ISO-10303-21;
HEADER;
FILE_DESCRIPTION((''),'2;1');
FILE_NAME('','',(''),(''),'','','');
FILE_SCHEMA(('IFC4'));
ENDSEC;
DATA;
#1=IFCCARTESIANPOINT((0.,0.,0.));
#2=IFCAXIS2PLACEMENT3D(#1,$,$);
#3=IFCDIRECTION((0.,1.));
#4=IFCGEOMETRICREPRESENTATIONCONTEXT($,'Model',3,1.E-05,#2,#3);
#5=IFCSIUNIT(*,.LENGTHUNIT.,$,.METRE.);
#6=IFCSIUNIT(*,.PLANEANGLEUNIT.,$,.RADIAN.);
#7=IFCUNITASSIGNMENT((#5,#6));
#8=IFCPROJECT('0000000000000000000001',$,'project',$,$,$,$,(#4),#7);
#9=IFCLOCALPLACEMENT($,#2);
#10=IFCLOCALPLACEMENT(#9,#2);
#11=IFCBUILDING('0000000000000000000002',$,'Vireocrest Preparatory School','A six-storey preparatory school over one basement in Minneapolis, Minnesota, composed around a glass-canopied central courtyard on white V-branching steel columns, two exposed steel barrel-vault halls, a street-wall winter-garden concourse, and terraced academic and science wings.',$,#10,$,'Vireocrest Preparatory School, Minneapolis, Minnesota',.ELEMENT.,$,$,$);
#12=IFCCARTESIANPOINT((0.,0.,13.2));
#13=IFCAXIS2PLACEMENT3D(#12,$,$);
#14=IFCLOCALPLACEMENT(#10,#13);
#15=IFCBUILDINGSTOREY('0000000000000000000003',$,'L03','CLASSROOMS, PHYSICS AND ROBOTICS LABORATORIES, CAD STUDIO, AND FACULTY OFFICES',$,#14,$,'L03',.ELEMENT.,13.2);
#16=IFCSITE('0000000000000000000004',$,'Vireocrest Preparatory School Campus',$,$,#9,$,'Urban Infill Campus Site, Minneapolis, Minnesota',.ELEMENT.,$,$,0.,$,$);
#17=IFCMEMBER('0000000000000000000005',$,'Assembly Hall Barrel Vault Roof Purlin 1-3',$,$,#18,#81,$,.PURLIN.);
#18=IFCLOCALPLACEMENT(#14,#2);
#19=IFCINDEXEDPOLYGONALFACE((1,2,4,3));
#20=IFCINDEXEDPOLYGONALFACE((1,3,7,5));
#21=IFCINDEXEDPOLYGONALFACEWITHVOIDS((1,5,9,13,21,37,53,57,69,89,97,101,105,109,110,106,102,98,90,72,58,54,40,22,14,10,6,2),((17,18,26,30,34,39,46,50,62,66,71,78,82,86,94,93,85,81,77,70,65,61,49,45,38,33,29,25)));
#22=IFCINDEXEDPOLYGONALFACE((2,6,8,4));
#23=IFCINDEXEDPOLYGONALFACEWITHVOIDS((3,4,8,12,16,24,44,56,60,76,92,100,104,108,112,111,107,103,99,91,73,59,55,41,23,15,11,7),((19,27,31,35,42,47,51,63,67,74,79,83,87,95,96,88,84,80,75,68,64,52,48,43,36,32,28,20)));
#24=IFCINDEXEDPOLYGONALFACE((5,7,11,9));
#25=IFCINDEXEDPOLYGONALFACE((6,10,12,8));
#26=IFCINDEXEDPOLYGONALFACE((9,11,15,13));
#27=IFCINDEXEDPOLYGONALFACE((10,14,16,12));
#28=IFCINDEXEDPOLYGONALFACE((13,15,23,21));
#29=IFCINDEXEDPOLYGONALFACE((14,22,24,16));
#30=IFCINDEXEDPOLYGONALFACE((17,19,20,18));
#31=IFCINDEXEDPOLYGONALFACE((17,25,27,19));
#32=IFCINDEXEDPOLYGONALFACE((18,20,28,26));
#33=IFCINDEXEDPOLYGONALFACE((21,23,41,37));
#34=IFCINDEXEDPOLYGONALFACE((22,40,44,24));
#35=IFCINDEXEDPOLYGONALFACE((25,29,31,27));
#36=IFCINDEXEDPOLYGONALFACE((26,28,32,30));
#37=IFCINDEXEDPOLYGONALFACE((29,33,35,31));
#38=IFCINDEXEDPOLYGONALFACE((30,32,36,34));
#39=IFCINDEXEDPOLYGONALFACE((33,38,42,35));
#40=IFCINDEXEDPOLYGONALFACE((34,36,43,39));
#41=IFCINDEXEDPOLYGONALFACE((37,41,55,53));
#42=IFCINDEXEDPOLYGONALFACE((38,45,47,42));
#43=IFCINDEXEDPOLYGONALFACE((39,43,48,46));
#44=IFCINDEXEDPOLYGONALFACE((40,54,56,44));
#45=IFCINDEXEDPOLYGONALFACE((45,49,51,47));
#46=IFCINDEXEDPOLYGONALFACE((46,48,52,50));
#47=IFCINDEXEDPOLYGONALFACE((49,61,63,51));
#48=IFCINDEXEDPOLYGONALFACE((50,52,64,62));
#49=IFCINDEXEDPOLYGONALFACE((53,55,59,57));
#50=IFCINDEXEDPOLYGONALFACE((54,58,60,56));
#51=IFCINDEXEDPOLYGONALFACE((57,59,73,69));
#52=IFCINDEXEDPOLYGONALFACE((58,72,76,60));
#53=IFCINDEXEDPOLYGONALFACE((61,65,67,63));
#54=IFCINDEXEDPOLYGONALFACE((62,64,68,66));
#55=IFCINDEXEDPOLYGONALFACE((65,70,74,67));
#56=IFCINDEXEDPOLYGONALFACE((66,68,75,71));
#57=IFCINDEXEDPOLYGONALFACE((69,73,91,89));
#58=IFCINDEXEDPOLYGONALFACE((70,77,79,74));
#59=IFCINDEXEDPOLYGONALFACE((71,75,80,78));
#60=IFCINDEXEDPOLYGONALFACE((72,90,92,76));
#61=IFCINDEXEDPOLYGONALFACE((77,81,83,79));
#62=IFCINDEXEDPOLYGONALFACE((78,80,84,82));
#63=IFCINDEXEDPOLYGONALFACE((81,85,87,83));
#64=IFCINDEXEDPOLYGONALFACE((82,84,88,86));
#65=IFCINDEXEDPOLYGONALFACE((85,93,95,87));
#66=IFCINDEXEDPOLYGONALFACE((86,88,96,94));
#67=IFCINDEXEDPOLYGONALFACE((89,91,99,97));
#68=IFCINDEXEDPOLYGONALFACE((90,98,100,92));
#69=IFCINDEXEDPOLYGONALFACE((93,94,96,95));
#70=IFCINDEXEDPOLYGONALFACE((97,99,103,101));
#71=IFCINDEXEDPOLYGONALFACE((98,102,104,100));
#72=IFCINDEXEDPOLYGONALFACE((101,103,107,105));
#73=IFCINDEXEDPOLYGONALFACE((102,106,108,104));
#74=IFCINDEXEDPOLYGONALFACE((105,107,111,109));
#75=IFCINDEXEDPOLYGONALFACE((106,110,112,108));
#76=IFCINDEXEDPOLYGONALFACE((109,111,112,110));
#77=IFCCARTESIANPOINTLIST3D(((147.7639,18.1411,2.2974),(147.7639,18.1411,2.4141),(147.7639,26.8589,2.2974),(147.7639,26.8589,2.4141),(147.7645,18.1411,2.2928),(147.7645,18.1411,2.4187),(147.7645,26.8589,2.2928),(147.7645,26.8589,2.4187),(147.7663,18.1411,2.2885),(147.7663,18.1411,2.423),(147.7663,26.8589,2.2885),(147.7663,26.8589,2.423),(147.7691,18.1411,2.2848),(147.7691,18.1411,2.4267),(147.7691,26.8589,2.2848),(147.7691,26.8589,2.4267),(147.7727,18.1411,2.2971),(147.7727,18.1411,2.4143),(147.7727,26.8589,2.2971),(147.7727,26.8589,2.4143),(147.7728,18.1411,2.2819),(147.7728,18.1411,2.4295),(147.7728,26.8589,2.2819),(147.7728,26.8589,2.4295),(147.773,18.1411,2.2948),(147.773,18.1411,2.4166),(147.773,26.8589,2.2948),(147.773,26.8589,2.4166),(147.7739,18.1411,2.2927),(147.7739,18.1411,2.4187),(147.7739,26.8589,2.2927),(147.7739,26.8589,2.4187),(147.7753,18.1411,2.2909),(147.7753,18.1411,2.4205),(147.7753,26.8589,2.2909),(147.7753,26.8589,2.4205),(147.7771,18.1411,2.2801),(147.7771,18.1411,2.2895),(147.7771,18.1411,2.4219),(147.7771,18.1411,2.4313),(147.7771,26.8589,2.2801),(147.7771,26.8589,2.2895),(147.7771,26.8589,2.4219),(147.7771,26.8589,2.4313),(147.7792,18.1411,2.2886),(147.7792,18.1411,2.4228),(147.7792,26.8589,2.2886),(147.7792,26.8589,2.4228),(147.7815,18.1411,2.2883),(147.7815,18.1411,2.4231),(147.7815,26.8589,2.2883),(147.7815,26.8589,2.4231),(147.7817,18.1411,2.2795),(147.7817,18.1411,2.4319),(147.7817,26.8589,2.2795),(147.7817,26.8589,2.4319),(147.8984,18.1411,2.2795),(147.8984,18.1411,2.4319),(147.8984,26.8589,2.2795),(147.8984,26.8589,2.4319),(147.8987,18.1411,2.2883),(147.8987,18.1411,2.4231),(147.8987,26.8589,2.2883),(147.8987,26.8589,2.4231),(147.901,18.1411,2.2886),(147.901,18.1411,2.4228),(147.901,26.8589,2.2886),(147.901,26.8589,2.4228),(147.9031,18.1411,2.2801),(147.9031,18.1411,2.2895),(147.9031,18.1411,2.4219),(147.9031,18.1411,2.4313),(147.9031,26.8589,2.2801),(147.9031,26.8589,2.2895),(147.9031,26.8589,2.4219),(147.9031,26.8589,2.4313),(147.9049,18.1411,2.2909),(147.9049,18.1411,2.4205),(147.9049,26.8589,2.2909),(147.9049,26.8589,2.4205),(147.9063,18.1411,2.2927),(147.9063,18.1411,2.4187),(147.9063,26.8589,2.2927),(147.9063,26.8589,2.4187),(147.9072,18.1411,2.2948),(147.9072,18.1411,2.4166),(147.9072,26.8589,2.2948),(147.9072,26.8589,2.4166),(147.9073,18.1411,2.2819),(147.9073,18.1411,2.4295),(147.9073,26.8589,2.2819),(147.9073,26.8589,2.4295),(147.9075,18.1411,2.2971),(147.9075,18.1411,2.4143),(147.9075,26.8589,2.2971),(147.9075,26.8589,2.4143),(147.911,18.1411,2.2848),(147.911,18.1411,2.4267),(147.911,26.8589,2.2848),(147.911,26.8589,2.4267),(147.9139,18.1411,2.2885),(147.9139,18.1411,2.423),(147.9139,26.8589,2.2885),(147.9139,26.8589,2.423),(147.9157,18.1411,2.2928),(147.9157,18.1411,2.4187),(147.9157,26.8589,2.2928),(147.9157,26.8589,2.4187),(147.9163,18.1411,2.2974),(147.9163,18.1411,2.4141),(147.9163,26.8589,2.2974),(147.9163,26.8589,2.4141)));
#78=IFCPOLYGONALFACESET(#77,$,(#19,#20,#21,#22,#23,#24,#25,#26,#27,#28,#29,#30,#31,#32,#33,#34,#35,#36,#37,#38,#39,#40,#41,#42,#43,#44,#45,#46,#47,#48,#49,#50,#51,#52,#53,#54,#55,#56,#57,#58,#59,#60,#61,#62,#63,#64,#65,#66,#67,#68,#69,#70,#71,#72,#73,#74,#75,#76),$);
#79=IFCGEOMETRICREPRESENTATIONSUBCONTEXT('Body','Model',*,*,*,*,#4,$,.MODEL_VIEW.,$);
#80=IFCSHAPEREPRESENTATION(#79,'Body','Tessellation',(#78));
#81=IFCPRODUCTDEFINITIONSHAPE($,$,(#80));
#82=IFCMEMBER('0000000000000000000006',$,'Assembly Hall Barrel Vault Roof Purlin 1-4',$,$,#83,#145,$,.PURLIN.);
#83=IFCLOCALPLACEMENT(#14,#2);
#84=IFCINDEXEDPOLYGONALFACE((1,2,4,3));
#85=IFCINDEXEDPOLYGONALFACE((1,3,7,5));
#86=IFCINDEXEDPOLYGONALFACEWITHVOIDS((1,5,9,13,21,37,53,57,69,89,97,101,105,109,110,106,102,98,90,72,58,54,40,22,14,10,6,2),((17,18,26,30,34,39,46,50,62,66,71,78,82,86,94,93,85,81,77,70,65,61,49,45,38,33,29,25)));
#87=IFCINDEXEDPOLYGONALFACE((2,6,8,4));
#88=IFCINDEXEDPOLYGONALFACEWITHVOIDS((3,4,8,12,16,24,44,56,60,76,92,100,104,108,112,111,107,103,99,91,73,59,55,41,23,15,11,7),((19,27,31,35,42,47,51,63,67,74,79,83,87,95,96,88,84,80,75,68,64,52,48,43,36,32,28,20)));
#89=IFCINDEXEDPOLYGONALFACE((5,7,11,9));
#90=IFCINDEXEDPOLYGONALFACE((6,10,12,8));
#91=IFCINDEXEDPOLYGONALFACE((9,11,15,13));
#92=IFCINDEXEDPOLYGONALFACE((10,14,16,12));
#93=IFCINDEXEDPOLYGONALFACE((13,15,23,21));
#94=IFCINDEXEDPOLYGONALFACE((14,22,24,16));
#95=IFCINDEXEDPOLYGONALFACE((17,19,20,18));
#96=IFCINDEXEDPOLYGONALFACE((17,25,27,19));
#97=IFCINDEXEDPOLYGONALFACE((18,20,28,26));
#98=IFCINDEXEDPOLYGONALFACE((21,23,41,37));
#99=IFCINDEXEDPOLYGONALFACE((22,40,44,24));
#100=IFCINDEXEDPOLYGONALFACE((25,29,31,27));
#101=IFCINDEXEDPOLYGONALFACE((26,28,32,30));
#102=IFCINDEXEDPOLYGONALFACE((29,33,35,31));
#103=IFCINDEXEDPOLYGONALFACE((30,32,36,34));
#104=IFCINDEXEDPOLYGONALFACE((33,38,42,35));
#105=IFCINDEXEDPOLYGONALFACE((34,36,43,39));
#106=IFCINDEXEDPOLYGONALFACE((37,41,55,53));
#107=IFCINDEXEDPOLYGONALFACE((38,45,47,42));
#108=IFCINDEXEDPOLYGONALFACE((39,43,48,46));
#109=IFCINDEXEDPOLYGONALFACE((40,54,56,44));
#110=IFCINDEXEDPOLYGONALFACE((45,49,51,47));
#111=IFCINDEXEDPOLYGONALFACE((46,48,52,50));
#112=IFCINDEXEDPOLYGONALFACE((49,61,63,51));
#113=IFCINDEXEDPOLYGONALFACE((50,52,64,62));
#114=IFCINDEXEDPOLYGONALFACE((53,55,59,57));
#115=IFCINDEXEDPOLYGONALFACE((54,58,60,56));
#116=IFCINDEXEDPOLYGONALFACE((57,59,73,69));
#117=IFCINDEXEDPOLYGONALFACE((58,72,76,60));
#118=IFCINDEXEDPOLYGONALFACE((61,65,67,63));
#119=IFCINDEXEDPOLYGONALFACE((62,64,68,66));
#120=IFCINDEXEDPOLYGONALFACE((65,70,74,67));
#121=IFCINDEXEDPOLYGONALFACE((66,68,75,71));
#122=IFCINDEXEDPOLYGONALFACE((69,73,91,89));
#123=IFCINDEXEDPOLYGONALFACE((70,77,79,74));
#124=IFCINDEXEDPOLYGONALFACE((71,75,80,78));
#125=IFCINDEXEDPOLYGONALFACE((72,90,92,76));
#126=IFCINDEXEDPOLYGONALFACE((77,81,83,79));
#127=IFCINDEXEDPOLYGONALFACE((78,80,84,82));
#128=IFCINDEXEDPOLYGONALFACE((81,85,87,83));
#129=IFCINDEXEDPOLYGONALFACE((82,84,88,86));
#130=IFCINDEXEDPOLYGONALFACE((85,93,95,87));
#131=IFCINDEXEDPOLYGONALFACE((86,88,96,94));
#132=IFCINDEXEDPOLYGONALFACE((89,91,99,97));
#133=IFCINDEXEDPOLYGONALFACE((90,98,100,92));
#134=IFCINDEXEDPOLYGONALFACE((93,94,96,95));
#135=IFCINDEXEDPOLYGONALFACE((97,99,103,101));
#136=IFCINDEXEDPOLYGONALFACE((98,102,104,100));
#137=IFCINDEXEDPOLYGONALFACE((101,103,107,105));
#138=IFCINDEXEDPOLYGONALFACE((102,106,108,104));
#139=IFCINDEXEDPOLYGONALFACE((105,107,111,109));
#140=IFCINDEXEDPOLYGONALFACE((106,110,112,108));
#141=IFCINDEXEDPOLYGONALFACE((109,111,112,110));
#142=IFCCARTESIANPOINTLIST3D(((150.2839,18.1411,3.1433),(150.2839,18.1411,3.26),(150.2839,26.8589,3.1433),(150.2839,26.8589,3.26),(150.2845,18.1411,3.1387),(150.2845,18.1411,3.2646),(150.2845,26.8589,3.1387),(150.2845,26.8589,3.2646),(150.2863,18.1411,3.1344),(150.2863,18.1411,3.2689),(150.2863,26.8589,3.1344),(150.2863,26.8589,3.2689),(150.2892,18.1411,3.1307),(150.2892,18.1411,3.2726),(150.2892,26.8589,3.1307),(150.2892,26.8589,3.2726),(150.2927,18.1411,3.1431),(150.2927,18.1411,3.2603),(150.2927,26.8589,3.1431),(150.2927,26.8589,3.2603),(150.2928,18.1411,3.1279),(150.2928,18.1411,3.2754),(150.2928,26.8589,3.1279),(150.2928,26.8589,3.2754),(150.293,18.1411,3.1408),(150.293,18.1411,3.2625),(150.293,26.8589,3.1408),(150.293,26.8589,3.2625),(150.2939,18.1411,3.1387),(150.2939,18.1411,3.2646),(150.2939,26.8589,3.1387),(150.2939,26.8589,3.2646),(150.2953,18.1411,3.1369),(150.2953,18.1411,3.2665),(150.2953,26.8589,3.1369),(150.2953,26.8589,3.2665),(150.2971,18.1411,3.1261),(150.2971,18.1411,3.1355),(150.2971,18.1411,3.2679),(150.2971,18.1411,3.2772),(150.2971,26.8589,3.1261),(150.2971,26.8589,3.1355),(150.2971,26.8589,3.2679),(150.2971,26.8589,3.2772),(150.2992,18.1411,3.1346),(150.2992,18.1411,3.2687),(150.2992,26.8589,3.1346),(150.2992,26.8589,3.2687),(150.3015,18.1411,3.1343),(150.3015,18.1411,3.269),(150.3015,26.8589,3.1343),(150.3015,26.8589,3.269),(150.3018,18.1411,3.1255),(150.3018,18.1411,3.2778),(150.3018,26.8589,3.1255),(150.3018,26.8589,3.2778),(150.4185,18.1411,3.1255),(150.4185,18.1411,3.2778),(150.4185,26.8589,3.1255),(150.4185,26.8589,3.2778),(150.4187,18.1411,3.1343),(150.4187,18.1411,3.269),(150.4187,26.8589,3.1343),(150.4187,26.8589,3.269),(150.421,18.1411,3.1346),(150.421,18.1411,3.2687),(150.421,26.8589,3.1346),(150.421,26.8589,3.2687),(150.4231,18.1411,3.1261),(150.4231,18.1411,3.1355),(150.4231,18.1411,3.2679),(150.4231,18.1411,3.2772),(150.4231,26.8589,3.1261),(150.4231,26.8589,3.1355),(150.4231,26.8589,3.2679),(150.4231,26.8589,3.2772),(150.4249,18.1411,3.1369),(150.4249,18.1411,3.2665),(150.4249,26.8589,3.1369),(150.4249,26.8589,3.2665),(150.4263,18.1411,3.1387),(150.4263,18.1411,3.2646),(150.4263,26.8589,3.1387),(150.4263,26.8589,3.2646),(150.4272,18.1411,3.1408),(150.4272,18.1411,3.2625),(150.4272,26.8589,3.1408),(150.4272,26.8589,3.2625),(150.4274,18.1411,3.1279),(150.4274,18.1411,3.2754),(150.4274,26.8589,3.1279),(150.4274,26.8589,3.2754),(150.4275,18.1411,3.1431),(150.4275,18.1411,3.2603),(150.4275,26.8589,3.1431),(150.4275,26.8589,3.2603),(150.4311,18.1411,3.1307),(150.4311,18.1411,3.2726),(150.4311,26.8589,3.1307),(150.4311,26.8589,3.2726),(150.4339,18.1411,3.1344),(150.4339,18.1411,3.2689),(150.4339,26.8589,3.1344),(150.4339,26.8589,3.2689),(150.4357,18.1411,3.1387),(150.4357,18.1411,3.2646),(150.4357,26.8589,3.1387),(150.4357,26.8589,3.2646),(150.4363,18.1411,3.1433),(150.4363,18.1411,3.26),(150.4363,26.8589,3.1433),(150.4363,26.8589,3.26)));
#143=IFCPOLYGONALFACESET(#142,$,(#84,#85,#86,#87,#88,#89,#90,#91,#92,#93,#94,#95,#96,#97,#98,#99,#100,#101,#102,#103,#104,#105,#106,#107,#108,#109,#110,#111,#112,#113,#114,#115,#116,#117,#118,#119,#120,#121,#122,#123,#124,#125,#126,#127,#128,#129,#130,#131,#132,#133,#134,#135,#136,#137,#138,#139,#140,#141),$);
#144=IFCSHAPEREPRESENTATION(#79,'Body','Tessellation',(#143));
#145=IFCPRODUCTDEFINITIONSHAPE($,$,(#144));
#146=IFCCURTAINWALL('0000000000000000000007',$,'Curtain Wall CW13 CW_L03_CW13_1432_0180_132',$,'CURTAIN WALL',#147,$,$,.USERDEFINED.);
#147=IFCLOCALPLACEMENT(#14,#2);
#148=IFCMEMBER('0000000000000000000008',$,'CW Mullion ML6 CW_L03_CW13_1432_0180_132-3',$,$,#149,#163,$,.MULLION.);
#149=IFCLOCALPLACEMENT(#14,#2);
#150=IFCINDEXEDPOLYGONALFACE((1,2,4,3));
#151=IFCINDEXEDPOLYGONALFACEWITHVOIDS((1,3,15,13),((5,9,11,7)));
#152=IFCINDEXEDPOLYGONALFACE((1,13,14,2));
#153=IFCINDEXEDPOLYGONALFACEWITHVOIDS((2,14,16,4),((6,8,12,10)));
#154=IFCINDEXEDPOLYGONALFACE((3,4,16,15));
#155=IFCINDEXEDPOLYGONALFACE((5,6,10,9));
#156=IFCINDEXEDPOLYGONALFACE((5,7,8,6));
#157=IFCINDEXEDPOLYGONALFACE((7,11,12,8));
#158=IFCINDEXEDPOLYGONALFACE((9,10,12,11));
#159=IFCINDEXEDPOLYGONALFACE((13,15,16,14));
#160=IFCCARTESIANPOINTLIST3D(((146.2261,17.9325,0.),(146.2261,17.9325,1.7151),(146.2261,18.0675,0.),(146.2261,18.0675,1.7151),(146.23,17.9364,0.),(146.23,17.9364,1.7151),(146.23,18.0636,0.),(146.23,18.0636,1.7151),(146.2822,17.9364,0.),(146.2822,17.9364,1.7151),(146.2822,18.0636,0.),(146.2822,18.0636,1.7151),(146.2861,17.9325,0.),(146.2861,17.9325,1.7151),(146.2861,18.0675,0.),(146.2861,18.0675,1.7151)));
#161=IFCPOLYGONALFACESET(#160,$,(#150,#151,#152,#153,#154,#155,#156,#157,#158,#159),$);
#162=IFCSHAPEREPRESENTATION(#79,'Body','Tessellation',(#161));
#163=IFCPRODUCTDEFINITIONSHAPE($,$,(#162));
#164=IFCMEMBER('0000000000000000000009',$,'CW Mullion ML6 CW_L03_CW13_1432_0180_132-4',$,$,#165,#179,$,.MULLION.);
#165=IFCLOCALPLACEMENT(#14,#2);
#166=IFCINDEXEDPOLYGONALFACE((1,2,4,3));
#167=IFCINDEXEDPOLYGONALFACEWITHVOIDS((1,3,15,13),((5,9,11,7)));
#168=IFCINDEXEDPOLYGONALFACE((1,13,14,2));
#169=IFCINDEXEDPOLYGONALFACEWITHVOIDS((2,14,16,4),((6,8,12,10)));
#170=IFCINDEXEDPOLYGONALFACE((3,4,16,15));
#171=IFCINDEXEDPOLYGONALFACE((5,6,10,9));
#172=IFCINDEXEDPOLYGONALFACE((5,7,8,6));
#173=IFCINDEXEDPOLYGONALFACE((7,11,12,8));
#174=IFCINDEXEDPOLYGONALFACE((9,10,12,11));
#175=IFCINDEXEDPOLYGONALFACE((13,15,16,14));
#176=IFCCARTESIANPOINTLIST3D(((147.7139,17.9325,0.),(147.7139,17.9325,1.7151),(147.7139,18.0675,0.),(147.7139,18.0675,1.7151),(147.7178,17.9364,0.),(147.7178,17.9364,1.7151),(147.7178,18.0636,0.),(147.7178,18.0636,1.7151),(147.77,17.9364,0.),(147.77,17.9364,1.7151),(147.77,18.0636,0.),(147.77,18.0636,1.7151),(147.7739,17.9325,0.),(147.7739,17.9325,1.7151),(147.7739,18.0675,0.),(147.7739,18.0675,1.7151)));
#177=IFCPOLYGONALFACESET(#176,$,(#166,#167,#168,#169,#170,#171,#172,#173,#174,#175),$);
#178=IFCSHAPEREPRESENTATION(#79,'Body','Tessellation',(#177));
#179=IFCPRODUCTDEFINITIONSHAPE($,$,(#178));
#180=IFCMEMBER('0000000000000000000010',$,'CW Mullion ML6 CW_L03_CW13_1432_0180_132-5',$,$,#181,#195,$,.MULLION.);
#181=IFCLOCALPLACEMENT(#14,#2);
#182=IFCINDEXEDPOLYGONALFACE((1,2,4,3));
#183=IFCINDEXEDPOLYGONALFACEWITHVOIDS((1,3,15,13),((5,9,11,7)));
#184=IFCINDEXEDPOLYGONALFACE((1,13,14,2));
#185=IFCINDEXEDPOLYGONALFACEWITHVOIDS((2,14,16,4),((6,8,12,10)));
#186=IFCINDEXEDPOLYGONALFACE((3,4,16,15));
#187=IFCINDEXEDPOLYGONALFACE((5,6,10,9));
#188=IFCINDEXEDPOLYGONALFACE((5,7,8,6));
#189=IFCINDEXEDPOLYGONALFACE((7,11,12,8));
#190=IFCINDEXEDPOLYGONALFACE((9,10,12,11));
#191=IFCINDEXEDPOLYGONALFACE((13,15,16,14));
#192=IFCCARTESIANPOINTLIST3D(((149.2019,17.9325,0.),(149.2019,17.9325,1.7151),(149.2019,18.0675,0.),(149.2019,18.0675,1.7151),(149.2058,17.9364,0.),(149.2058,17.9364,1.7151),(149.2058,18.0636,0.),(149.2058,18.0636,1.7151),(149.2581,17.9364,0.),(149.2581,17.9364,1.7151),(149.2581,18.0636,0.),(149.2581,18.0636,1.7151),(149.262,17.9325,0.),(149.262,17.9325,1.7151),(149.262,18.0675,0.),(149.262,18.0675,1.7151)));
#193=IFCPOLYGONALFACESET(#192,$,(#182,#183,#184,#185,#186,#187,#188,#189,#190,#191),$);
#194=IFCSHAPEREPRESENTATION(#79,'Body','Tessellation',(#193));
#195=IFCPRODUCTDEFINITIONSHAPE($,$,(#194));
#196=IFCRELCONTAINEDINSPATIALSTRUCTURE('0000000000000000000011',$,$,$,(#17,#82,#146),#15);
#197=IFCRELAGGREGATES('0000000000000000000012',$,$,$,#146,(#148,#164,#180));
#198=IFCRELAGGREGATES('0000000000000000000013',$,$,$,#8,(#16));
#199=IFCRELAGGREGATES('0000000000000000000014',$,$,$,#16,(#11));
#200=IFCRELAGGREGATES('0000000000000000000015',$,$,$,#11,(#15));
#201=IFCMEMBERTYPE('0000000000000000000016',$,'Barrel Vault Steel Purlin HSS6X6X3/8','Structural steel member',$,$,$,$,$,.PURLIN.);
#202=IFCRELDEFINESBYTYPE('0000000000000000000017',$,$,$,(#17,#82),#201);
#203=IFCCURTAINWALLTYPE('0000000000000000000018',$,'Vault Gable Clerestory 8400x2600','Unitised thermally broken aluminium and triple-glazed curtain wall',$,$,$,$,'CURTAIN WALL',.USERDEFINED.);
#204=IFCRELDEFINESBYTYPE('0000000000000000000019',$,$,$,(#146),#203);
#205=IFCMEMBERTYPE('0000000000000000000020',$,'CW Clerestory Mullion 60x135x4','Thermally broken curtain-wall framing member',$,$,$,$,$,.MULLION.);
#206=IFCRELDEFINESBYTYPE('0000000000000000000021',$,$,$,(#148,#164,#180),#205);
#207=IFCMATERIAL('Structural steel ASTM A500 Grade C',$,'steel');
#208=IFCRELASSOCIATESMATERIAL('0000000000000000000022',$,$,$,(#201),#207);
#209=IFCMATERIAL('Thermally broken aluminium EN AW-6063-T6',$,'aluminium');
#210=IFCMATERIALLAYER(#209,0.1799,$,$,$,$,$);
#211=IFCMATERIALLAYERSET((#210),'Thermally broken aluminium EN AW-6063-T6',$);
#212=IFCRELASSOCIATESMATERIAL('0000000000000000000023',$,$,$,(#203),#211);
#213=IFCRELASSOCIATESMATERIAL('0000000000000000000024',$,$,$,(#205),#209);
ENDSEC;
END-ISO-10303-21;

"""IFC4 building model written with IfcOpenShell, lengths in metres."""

from ifc_helpers import new_model, si_unit, direction, frame, origin, origin_2d, place, context, subcontext, project, spatial, hollow_rectangle, extrude, material, layer, layer_set, material_profile, profile_set, type_object, element, aggregate, save


model = new_model("IFC4")

# Units and contexts
model_context = context("Model", 3, precision=1e-05, world=origin(), true_north=direction((0.0, 1.0)))
body_context = subcontext(model_context, "Body", "Model", "MODEL_VIEW")
ifc_project = project(units=[si_unit("LENGTHUNIT", "METRE"), si_unit("PLANEANGLEUNIT", "RADIAN")], contexts=[model_context])

# Site, building, storey
site_placement = place(None, origin())
site = spatial("IfcSite", under=ifc_project, at=site_placement, Name="Vireocrest Preparatory School Campus", LongName="Urban Infill Campus Site, Minneapolis, Minnesota", CompositionType="ELEMENT", RefElevation=0.0)
building_placement = place(site_placement, origin())
building = spatial("IfcBuilding", under=site, at=building_placement, Name="Vireocrest Preparatory School", Description="A six-storey preparatory school over one basement in Minneapolis, Minnesota, composed around a glass-canopied central courtyard on white V-branching steel columns, two exposed steel barrel-vault halls, a street-wall winter-garden concourse, and terraced academic and science wings.", LongName="Vireocrest Preparatory School, Minneapolis, Minnesota", CompositionType="ELEMENT")
storey_placement = place(building_placement, frame((0.0, 0.0, 13.2)))
storey = spatial("IfcBuildingStorey", under=building, at=storey_placement, Name="L03", Description="CLASSROOMS, PHYSICS AND ROBOTICS LABORATORIES, CAD STUDIO, AND FACULTY OFFICES", LongName="L03", CompositionType="ELEMENT", Elevation=13.2)

# Members
ifc_material_1 = material(Name="Structural steel ASTM A500 Grade C", Category="steel")
ifc_material_profile_1 = material_profile(ifc_material_1, hollow_rectangle(XDim=0.1523, YDim=0.1523, WallThickness=0.0088, InnerFilletRadius=0.0088, OuterFilletRadius=0.0178, at=origin_2d()), Name="HSS6X6X3/8")
ifc_profile_set_1 = profile_set([ifc_material_profile_1], Name="Structural steel ASTM A500 Grade C")
member_type_1 = type_object("IfcMemberType", Name="Barrel Vault Steel Purlin HSS6X6X3/8", Description="Structural steel member", PredefinedType="PURLIN", material=ifc_profile_set_1)
for number, where, z_axis, x_axis, name in (
    (1, (147.8401, 18.1411, 2.3557), (0.0, 1.0, 0.0), (-1.0, 0.0, 0.0), "Assembly Hall Barrel Vault Roof Purlin 1-3"),
    (2, (150.3601, 18.1411, 3.2017), (0.0, 1.0, 0.0), (-1.0, 0.0, 0.0), "Assembly Hall Barrel Vault Roof Purlin 1-4"),
):
    element("IfcMember", number, at=place(storey_placement, frame(where, z_axis=z_axis, x_axis=x_axis)), inside=storey, type_object=member_type_1, Name=name, PredefinedType="PURLIN", context=body_context, shape_type="SweptSolid", body=[
        extrude(hollow_rectangle(XDim=0.1523, YDim=0.1523, WallThickness=0.0088, InnerFilletRadius=0.0088, OuterFilletRadius=0.0178, at=origin_2d()), origin(), (0.0, 0.0, 1.0), 8.7178),
    ])

# Curtain wall, members
ifc_material_2 = material(Name="Thermally broken aluminium EN AW-6063-T6", Category="aluminium")
ifc_layer_1 = layer(ifc_material_2, 0.1799)
ifc_layer_set_1 = layer_set([ifc_layer_1], Name="Thermally broken aluminium EN AW-6063-T6")
curtain_wall_type = type_object("IfcCurtainWallType", Name="Vault Gable Clerestory 8400x2600", Description="Unitised thermally broken aluminium and triple-glazed curtain wall", ElementType="CURTAIN WALL", PredefinedType="USERDEFINED", material=ifc_layer_set_1)
curtain_wall_placement = place(storey_placement, origin())
curtain_wall = element("IfcCurtainWall", 3, at=curtain_wall_placement, inside=storey, type_object=curtain_wall_type, Name="Curtain Wall CW13 CW_L03_CW13_1432_0180_132", ObjectType="CURTAIN WALL", PredefinedType="USERDEFINED")
ifc_material_profile_2 = material_profile(ifc_material_2, hollow_rectangle(XDim=0.0601, YDim=0.135, WallThickness=0.0039, at=origin_2d()), Name="ALU 60x135x4")
ifc_profile_set_2 = profile_set([ifc_material_profile_2], Name="Thermally broken aluminium EN AW-6063-T6")
member_type_2 = type_object("IfcMemberType", Name="CW Clerestory Mullion 60x135x4", Description="Thermally broken curtain-wall framing member", PredefinedType="MULLION", material=ifc_profile_set_2)
member_1_placement = place(storey_placement, frame((146.2561, 18.0, 0.0), z_axis=(0.0, 0.0, 1.0), x_axis=(1.0, 0.0, 0.0)))
member_1 = element("IfcMember", 4, at=member_1_placement, type_object=member_type_2, Name="CW Mullion ML6 CW_L03_CW13_1432_0180_132-3", PredefinedType="MULLION", context=body_context, shape_type="SweptSolid", body=[
    extrude(hollow_rectangle(XDim=0.0601, YDim=0.135, WallThickness=0.0039, at=origin_2d()), origin(), (0.0, 0.0, 1.0), 1.7151),
])
member_2_placement = place(storey_placement, frame((147.7439, 18.0, 0.0), z_axis=(0.0, 0.0, 1.0), x_axis=(1.0, 0.0, 0.0)))
member_2 = element("IfcMember", 5, at=member_2_placement, type_object=member_type_2, Name="CW Mullion ML6 CW_L03_CW13_1432_0180_132-4", PredefinedType="MULLION", context=body_context, shape_type="SweptSolid", body=[
    extrude(hollow_rectangle(XDim=0.0601, YDim=0.135, WallThickness=0.0039, at=origin_2d()), origin(), (0.0, 0.0, 1.0), 1.7151),
])
member_3_placement = place(storey_placement, frame((149.2319, 18.0, 0.0), z_axis=(0.0, 0.0, 1.0), x_axis=(1.0, 0.0, 0.0)))
member_3 = element("IfcMember", 6, at=member_3_placement, type_object=member_type_2, Name="CW Mullion ML6 CW_L03_CW13_1432_0180_132-5", PredefinedType="MULLION", context=body_context, shape_type="SweptSolid", body=[
    extrude(hollow_rectangle(XDim=0.0601, YDim=0.135, WallThickness=0.0039, at=origin_2d()), origin(), (0.0, 0.0, 1.0), 1.7151),
])

aggregate(curtain_wall, [member_1, member_2, member_3])

save(model, "model.ifc")
